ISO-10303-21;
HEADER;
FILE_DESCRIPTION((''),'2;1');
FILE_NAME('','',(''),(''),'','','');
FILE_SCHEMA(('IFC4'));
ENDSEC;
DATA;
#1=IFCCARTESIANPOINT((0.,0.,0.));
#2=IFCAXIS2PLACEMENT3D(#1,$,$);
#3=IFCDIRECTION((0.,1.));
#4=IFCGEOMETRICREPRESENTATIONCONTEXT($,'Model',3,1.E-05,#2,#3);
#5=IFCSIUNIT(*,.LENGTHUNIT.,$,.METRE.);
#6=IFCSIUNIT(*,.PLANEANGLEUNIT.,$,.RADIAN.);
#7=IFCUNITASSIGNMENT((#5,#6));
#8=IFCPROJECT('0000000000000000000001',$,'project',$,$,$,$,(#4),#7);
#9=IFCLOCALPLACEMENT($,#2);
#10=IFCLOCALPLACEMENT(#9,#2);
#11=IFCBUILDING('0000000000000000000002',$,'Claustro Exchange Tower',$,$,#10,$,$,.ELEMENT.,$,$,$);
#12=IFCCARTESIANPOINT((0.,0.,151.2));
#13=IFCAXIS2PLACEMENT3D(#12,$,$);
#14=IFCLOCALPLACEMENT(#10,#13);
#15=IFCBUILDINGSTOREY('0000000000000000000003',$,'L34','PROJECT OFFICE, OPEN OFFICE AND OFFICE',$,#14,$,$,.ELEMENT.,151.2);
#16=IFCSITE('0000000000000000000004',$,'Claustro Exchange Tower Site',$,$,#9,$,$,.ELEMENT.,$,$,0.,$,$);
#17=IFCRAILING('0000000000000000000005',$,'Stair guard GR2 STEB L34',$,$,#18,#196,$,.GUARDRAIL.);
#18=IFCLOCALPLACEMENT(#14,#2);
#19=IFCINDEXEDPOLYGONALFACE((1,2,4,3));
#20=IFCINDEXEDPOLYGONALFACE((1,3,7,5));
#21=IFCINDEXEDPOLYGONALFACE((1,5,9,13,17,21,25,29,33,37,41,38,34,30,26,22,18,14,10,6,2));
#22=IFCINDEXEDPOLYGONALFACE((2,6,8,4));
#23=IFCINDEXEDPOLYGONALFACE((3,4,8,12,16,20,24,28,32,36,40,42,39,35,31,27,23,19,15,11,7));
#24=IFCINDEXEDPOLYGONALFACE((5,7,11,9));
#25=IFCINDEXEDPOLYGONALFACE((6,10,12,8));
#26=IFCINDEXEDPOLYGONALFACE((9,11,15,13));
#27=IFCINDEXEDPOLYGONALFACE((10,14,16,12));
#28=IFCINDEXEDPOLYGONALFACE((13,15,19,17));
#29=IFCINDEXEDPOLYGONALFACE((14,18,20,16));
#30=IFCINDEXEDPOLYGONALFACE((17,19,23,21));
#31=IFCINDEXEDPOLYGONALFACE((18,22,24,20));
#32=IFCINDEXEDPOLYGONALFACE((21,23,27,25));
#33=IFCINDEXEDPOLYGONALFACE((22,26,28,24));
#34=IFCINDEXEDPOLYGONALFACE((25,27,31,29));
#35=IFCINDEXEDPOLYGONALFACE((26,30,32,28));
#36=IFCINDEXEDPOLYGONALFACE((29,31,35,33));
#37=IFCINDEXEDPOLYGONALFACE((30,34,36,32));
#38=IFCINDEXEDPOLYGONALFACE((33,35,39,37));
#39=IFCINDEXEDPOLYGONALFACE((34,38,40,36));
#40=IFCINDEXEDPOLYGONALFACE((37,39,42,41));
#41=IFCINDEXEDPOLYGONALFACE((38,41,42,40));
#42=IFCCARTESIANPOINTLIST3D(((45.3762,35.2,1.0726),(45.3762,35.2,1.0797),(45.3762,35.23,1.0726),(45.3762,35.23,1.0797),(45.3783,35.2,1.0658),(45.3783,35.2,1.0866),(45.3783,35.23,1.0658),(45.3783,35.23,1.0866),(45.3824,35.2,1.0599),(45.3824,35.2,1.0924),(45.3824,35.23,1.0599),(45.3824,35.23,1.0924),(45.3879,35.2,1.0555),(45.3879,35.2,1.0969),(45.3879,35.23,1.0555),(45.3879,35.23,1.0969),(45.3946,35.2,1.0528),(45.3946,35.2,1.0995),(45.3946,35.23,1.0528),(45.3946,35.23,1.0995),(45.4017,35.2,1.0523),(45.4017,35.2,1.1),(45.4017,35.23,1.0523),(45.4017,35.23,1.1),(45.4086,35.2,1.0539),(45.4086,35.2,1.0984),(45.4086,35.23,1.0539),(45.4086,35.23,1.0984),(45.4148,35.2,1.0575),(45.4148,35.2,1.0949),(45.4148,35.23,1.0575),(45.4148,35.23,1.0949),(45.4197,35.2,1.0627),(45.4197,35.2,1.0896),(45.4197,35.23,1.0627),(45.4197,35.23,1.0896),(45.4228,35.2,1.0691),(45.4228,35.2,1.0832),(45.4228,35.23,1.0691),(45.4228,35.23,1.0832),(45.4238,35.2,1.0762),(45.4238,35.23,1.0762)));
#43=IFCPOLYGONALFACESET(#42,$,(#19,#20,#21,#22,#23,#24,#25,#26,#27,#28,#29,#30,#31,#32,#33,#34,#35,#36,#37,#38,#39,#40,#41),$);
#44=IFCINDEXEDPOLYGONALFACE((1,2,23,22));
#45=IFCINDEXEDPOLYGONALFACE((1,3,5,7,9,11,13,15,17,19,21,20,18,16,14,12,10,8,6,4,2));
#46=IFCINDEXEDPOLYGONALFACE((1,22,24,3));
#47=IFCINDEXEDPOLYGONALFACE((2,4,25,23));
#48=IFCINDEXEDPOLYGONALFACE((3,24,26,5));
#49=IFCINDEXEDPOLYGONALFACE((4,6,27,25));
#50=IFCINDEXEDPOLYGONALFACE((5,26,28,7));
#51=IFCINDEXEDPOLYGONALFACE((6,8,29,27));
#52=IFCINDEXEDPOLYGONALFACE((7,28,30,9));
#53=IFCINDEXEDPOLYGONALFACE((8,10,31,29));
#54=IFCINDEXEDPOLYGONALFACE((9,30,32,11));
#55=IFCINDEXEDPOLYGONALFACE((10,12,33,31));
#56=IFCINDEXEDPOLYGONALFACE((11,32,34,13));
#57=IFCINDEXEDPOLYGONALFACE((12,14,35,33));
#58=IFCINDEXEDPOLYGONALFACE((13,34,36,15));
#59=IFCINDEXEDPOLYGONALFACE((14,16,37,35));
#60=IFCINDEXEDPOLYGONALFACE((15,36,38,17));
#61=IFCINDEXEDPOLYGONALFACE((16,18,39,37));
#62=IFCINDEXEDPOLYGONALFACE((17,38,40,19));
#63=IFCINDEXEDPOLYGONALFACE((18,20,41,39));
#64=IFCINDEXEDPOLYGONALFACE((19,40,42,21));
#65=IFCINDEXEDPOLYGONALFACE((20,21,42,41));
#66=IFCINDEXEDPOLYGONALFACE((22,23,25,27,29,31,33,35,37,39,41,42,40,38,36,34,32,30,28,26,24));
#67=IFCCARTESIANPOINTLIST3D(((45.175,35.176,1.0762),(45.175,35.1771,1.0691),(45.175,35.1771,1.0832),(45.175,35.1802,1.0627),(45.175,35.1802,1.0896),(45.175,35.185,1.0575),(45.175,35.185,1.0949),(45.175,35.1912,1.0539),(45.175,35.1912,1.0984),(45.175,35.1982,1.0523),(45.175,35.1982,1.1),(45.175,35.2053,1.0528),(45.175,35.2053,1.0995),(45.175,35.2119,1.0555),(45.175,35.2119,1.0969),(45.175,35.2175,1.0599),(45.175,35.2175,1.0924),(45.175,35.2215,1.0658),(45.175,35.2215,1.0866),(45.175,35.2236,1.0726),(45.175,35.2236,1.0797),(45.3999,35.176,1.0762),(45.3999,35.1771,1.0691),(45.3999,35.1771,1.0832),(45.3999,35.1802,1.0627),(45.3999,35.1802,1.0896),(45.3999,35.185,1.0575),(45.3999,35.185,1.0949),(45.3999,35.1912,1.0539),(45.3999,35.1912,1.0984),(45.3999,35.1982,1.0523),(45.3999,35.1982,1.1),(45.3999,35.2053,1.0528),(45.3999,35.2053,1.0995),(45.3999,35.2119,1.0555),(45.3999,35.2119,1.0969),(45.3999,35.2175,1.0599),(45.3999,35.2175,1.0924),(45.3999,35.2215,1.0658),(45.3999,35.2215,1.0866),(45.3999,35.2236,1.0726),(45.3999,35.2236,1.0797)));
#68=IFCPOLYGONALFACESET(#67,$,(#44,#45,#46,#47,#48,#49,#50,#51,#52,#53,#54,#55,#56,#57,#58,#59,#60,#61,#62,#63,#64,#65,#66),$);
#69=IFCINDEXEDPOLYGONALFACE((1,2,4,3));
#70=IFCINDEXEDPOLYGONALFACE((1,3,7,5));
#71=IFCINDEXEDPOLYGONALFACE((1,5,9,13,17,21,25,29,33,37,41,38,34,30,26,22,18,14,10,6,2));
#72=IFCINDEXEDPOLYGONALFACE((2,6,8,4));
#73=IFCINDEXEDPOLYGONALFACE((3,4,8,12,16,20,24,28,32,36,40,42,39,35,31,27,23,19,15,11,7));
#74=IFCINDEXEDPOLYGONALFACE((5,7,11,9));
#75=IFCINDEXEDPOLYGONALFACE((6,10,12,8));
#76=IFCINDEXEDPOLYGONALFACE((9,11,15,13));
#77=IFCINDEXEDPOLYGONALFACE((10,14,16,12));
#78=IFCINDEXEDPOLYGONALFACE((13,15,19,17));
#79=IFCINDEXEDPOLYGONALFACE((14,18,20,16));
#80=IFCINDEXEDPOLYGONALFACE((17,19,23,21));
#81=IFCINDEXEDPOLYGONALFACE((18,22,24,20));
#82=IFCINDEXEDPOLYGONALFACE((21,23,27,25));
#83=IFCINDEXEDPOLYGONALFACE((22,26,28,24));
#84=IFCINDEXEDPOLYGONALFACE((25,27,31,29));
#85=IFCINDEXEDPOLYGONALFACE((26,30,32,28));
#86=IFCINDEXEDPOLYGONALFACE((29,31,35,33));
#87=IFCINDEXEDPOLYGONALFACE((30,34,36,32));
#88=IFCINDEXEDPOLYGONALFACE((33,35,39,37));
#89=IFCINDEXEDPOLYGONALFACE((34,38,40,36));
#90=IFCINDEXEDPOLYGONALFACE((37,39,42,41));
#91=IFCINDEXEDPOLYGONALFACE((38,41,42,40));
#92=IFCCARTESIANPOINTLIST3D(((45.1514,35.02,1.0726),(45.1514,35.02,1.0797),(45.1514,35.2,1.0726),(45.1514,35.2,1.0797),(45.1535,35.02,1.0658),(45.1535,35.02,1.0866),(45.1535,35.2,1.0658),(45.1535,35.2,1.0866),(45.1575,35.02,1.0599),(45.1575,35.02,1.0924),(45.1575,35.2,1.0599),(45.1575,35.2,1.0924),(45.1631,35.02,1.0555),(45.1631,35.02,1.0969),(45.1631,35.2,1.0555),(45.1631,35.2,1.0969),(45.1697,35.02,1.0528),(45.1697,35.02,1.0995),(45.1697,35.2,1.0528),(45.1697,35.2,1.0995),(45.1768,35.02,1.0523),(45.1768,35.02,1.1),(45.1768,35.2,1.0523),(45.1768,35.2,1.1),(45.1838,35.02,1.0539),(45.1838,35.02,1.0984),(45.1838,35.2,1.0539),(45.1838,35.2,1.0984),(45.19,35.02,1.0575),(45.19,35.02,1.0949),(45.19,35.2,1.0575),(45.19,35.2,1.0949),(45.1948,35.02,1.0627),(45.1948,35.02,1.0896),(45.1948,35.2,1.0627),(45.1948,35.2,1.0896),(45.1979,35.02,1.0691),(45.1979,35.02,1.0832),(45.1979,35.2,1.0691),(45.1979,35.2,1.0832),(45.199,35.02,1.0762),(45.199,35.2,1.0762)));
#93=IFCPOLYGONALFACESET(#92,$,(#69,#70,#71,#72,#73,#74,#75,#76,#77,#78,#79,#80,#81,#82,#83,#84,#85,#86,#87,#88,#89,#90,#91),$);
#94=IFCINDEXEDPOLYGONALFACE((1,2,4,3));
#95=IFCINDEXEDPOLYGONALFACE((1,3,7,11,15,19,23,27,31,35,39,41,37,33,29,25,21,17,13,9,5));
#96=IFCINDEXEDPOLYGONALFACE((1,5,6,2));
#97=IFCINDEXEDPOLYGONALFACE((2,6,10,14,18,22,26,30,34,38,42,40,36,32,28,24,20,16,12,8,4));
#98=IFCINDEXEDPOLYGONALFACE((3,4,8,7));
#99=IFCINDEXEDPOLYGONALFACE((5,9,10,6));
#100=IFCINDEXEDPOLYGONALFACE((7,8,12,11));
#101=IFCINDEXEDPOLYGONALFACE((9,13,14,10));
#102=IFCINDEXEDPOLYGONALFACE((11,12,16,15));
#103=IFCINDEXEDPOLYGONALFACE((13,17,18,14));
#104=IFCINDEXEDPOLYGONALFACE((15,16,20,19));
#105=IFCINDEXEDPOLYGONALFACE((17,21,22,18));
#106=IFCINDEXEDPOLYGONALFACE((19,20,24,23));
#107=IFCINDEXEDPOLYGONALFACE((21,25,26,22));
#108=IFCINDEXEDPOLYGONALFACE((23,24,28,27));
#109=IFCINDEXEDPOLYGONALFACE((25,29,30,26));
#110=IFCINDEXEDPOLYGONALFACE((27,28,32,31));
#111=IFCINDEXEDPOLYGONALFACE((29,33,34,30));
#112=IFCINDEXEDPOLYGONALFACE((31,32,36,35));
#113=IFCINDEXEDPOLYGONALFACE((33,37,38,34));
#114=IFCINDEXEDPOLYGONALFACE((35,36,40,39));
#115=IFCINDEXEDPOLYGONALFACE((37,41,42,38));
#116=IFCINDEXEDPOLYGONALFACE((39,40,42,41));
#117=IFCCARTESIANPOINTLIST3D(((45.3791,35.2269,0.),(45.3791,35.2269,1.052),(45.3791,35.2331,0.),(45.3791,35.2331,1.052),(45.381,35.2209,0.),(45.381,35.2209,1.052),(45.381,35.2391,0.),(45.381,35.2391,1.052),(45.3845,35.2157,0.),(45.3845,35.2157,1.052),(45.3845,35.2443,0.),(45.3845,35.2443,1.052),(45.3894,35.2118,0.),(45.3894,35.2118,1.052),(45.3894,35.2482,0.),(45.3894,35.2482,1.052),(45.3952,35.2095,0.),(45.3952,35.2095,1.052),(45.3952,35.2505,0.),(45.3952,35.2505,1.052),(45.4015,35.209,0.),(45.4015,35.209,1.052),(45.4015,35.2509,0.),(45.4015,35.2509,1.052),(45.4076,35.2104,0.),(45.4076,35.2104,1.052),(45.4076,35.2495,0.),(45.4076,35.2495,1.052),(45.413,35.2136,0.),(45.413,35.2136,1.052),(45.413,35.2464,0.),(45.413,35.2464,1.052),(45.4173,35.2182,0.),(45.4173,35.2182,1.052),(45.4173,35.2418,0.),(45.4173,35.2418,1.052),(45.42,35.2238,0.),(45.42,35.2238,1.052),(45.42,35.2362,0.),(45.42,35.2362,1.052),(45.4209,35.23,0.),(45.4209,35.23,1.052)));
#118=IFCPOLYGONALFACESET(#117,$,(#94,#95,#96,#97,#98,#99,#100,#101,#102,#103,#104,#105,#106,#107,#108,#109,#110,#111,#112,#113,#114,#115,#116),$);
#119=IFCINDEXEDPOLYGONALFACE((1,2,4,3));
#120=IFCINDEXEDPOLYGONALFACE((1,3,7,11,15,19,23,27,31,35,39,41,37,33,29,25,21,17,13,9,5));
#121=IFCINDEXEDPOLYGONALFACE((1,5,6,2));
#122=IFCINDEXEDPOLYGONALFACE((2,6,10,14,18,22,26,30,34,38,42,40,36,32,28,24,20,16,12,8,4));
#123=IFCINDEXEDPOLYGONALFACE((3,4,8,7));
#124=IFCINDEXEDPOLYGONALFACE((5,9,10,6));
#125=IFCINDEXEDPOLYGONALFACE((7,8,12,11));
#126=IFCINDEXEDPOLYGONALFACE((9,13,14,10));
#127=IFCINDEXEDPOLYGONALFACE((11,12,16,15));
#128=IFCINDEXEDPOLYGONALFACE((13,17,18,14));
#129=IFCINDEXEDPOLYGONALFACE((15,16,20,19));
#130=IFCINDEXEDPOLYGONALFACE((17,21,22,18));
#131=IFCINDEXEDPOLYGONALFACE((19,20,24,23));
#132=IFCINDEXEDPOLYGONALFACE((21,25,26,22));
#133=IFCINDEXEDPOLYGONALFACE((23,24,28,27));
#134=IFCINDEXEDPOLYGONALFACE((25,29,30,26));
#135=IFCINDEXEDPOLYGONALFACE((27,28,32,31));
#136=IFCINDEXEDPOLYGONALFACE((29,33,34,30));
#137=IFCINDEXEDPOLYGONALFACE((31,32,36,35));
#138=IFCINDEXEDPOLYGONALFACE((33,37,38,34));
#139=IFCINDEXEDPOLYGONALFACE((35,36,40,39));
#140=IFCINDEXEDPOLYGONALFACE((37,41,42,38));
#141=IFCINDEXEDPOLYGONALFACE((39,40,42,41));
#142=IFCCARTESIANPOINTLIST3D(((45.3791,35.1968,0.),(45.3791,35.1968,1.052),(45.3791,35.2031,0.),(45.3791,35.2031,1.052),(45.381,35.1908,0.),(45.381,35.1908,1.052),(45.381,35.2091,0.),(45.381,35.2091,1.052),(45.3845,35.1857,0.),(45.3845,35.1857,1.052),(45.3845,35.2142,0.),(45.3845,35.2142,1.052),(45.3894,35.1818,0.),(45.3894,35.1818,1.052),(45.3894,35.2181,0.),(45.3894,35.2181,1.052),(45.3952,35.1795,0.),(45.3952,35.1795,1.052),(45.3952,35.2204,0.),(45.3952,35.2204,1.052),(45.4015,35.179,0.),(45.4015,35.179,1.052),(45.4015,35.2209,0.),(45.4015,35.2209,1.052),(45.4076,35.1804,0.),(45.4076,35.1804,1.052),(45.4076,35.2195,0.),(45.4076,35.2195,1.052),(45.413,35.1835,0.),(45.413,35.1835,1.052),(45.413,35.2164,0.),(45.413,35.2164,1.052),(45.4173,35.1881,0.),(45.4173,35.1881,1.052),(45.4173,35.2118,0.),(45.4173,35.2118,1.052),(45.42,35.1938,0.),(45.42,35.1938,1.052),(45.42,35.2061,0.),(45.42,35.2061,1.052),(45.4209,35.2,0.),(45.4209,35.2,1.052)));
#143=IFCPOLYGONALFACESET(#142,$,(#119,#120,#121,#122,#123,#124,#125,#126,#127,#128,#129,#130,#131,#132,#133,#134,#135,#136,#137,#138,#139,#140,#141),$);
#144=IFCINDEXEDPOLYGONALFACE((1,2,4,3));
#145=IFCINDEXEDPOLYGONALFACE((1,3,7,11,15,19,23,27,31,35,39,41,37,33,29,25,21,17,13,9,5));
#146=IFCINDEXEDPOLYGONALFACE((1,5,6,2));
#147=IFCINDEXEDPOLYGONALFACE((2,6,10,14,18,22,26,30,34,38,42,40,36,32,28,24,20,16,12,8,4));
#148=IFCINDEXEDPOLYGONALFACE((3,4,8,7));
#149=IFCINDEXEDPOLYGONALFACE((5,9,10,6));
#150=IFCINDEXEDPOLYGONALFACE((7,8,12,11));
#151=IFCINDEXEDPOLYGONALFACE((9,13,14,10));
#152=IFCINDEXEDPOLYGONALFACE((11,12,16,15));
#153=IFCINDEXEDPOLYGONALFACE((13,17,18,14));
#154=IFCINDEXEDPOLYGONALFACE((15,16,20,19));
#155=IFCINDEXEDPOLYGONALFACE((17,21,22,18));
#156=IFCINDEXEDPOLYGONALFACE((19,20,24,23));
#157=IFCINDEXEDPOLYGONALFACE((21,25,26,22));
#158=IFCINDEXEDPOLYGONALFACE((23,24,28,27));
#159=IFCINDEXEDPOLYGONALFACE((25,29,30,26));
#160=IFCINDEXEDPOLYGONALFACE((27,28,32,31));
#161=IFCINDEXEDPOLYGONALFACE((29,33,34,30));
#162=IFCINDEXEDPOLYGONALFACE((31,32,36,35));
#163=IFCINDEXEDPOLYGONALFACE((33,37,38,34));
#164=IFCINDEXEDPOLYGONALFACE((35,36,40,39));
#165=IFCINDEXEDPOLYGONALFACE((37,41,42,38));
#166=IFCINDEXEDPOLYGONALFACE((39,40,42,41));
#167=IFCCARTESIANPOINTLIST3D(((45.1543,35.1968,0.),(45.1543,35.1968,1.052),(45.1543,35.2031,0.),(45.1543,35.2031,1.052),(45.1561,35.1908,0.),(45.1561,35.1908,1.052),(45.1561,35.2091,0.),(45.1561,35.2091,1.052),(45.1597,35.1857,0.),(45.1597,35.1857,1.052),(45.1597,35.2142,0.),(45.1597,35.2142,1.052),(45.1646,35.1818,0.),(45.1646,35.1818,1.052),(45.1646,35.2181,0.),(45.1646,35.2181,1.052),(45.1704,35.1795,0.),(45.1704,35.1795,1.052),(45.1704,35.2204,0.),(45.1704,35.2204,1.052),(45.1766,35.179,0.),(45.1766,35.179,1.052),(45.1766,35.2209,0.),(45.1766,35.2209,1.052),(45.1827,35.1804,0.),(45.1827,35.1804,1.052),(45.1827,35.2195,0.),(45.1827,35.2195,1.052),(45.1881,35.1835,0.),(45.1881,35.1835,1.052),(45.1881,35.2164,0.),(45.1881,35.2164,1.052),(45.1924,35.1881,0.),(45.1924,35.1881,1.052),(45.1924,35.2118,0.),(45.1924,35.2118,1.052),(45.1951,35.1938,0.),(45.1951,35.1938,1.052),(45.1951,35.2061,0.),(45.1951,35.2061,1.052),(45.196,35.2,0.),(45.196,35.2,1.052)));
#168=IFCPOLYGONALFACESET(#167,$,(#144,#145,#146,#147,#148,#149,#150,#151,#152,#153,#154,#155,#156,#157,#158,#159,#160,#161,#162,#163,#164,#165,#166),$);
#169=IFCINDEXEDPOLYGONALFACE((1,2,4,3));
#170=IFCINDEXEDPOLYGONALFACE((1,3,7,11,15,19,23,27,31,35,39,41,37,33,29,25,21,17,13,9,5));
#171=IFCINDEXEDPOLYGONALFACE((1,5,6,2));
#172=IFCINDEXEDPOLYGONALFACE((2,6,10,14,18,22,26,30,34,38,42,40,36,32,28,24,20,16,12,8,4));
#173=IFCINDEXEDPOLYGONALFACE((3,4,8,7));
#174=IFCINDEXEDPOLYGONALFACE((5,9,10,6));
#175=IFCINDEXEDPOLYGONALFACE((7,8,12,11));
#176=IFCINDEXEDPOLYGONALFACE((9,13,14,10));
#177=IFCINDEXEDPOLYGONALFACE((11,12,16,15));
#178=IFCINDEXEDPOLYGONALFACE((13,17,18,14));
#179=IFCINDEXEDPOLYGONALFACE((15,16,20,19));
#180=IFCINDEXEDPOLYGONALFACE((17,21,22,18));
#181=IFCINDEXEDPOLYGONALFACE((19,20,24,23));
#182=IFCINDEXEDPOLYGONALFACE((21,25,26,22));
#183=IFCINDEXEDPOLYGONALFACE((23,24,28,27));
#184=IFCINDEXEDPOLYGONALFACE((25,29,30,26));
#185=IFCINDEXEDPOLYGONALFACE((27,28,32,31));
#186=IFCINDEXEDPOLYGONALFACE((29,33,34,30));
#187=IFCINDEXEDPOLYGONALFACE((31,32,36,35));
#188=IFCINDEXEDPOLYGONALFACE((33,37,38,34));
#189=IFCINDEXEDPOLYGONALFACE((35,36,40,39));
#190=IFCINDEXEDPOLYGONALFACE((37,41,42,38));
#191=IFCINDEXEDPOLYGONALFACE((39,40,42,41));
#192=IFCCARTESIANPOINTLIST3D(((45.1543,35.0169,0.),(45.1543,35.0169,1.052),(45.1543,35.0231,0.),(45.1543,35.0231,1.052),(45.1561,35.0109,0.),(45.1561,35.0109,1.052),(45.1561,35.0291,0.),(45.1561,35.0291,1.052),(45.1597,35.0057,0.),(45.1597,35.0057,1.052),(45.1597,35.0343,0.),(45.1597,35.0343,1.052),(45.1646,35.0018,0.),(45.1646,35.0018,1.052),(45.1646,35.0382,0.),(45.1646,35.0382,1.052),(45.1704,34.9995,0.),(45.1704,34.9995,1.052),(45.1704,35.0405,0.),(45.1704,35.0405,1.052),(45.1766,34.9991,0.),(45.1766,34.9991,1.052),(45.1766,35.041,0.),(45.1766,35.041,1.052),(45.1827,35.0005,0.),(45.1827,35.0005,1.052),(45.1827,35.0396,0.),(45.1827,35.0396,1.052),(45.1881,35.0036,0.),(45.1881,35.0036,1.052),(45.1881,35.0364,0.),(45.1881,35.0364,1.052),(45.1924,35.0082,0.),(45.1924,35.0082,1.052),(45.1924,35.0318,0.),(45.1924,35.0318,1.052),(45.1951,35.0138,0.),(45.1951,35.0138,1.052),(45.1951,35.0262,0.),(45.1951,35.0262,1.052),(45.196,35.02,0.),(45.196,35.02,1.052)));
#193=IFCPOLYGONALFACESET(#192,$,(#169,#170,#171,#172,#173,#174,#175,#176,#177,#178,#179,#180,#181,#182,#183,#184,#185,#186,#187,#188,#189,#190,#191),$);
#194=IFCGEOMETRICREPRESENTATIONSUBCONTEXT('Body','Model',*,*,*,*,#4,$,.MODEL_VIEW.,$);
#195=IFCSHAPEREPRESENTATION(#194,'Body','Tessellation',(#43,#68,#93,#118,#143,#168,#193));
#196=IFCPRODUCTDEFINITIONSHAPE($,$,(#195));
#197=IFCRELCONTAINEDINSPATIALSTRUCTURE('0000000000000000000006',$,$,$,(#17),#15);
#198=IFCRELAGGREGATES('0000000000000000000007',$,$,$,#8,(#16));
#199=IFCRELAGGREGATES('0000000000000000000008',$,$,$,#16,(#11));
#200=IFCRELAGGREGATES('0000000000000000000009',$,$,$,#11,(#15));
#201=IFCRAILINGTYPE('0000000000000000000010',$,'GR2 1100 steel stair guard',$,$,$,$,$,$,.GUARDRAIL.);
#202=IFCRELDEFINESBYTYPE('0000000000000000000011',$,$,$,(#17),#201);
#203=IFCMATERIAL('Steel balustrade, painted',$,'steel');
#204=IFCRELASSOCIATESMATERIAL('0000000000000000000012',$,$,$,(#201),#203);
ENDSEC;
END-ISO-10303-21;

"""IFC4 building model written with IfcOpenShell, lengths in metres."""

from ifc_helpers import new_model, si_unit, direction, frame, origin, origin_2d, place, context, subcontext, project, spatial, circle, extrude, material, type_object, element, save


model = new_model("IFC4")

# Units and contexts
model_context = context("Model", 3, precision=1e-05, world=origin(), true_north=direction((0.0, 1.0)))
body_context = subcontext(model_context, "Body", "Model", "MODEL_VIEW")
ifc_project = project(units=[si_unit("LENGTHUNIT", "METRE"), si_unit("PLANEANGLEUNIT", "RADIAN")], contexts=[model_context])

# Site, building, storey
site_placement = place(None, origin())
site = spatial("IfcSite", under=ifc_project, at=site_placement, Name="Claustro Exchange Tower Site", CompositionType="ELEMENT", RefElevation=0.0)
building_placement = place(site_placement, origin())
building = spatial("IfcBuilding", under=site, at=building_placement, Name="Claustro Exchange Tower", CompositionType="ELEMENT")
storey_placement = place(building_placement, frame((0.0, 0.0, 151.2)))
storey = spatial("IfcBuildingStorey", under=building, at=storey_placement, Name="L34", Description="PROJECT OFFICE, OPEN OFFICE AND OFFICE", CompositionType="ELEMENT", Elevation=151.2)

# Railing
ifc_material_1 = material(Name="Steel balustrade, painted", Category="steel")
railing_type_1 = type_object("IfcRailingType", Name="GR2 1100 steel stair guard", PredefinedType="GUARDRAIL", material=ifc_material_1)
railing_1_placement = place(storey_placement, frame((45.3999, 35.23, 0.0)))
element("IfcRailing", 1, at=railing_1_placement, inside=storey, type_object=railing_type_1, Name="Stair guard GR2 STEB L34", PredefinedType="GUARDRAIL", context=body_context, shape_type="SweptSolid", body=[
    extrude(circle(Radius=0.0239, at=origin_2d()), frame((0.0, 0.0, 1.0762), z_axis=(0.0, -1.0, 0.0), x_axis=(1.0, 0.0, 0.0)), (0.0, 0.0, 1.0), 0.03),
    extrude(circle(Radius=0.0239, at=origin_2d()), frame((0.0, -0.03, 1.0762), z_axis=(-1.0, 0.0, 0.0), x_axis=(0.0, -1.0, 0.0)), (0.0, 0.0, 1.0), 0.2249),
    extrude(circle(Radius=0.0239, at=origin_2d()), frame((-0.2249, -0.03, 1.0762), z_axis=(0.0, -1.0, 0.0), x_axis=(1.0, 0.0, 0.0)), (0.0, 0.0, 1.0), 0.1799),
    extrude(circle(Radius=0.021, at=origin_2d()), origin(), (0.0, 0.0, 1.0), 1.052),
    extrude(circle(Radius=0.021, at=origin_2d()), frame((0.0, -0.03, 0.0)), (0.0, 0.0, 1.0), 1.052),
    extrude(circle(Radius=0.021, at=origin_2d()), frame((-0.2249, -0.03, 0.0)), (0.0, 0.0, 1.0), 1.052),
    extrude(circle(Radius=0.021, at=origin_2d()), frame((-0.2249, -0.21, 0.0)), (0.0, 0.0, 1.0), 1.052),
])

save(model, "model.ifc")
